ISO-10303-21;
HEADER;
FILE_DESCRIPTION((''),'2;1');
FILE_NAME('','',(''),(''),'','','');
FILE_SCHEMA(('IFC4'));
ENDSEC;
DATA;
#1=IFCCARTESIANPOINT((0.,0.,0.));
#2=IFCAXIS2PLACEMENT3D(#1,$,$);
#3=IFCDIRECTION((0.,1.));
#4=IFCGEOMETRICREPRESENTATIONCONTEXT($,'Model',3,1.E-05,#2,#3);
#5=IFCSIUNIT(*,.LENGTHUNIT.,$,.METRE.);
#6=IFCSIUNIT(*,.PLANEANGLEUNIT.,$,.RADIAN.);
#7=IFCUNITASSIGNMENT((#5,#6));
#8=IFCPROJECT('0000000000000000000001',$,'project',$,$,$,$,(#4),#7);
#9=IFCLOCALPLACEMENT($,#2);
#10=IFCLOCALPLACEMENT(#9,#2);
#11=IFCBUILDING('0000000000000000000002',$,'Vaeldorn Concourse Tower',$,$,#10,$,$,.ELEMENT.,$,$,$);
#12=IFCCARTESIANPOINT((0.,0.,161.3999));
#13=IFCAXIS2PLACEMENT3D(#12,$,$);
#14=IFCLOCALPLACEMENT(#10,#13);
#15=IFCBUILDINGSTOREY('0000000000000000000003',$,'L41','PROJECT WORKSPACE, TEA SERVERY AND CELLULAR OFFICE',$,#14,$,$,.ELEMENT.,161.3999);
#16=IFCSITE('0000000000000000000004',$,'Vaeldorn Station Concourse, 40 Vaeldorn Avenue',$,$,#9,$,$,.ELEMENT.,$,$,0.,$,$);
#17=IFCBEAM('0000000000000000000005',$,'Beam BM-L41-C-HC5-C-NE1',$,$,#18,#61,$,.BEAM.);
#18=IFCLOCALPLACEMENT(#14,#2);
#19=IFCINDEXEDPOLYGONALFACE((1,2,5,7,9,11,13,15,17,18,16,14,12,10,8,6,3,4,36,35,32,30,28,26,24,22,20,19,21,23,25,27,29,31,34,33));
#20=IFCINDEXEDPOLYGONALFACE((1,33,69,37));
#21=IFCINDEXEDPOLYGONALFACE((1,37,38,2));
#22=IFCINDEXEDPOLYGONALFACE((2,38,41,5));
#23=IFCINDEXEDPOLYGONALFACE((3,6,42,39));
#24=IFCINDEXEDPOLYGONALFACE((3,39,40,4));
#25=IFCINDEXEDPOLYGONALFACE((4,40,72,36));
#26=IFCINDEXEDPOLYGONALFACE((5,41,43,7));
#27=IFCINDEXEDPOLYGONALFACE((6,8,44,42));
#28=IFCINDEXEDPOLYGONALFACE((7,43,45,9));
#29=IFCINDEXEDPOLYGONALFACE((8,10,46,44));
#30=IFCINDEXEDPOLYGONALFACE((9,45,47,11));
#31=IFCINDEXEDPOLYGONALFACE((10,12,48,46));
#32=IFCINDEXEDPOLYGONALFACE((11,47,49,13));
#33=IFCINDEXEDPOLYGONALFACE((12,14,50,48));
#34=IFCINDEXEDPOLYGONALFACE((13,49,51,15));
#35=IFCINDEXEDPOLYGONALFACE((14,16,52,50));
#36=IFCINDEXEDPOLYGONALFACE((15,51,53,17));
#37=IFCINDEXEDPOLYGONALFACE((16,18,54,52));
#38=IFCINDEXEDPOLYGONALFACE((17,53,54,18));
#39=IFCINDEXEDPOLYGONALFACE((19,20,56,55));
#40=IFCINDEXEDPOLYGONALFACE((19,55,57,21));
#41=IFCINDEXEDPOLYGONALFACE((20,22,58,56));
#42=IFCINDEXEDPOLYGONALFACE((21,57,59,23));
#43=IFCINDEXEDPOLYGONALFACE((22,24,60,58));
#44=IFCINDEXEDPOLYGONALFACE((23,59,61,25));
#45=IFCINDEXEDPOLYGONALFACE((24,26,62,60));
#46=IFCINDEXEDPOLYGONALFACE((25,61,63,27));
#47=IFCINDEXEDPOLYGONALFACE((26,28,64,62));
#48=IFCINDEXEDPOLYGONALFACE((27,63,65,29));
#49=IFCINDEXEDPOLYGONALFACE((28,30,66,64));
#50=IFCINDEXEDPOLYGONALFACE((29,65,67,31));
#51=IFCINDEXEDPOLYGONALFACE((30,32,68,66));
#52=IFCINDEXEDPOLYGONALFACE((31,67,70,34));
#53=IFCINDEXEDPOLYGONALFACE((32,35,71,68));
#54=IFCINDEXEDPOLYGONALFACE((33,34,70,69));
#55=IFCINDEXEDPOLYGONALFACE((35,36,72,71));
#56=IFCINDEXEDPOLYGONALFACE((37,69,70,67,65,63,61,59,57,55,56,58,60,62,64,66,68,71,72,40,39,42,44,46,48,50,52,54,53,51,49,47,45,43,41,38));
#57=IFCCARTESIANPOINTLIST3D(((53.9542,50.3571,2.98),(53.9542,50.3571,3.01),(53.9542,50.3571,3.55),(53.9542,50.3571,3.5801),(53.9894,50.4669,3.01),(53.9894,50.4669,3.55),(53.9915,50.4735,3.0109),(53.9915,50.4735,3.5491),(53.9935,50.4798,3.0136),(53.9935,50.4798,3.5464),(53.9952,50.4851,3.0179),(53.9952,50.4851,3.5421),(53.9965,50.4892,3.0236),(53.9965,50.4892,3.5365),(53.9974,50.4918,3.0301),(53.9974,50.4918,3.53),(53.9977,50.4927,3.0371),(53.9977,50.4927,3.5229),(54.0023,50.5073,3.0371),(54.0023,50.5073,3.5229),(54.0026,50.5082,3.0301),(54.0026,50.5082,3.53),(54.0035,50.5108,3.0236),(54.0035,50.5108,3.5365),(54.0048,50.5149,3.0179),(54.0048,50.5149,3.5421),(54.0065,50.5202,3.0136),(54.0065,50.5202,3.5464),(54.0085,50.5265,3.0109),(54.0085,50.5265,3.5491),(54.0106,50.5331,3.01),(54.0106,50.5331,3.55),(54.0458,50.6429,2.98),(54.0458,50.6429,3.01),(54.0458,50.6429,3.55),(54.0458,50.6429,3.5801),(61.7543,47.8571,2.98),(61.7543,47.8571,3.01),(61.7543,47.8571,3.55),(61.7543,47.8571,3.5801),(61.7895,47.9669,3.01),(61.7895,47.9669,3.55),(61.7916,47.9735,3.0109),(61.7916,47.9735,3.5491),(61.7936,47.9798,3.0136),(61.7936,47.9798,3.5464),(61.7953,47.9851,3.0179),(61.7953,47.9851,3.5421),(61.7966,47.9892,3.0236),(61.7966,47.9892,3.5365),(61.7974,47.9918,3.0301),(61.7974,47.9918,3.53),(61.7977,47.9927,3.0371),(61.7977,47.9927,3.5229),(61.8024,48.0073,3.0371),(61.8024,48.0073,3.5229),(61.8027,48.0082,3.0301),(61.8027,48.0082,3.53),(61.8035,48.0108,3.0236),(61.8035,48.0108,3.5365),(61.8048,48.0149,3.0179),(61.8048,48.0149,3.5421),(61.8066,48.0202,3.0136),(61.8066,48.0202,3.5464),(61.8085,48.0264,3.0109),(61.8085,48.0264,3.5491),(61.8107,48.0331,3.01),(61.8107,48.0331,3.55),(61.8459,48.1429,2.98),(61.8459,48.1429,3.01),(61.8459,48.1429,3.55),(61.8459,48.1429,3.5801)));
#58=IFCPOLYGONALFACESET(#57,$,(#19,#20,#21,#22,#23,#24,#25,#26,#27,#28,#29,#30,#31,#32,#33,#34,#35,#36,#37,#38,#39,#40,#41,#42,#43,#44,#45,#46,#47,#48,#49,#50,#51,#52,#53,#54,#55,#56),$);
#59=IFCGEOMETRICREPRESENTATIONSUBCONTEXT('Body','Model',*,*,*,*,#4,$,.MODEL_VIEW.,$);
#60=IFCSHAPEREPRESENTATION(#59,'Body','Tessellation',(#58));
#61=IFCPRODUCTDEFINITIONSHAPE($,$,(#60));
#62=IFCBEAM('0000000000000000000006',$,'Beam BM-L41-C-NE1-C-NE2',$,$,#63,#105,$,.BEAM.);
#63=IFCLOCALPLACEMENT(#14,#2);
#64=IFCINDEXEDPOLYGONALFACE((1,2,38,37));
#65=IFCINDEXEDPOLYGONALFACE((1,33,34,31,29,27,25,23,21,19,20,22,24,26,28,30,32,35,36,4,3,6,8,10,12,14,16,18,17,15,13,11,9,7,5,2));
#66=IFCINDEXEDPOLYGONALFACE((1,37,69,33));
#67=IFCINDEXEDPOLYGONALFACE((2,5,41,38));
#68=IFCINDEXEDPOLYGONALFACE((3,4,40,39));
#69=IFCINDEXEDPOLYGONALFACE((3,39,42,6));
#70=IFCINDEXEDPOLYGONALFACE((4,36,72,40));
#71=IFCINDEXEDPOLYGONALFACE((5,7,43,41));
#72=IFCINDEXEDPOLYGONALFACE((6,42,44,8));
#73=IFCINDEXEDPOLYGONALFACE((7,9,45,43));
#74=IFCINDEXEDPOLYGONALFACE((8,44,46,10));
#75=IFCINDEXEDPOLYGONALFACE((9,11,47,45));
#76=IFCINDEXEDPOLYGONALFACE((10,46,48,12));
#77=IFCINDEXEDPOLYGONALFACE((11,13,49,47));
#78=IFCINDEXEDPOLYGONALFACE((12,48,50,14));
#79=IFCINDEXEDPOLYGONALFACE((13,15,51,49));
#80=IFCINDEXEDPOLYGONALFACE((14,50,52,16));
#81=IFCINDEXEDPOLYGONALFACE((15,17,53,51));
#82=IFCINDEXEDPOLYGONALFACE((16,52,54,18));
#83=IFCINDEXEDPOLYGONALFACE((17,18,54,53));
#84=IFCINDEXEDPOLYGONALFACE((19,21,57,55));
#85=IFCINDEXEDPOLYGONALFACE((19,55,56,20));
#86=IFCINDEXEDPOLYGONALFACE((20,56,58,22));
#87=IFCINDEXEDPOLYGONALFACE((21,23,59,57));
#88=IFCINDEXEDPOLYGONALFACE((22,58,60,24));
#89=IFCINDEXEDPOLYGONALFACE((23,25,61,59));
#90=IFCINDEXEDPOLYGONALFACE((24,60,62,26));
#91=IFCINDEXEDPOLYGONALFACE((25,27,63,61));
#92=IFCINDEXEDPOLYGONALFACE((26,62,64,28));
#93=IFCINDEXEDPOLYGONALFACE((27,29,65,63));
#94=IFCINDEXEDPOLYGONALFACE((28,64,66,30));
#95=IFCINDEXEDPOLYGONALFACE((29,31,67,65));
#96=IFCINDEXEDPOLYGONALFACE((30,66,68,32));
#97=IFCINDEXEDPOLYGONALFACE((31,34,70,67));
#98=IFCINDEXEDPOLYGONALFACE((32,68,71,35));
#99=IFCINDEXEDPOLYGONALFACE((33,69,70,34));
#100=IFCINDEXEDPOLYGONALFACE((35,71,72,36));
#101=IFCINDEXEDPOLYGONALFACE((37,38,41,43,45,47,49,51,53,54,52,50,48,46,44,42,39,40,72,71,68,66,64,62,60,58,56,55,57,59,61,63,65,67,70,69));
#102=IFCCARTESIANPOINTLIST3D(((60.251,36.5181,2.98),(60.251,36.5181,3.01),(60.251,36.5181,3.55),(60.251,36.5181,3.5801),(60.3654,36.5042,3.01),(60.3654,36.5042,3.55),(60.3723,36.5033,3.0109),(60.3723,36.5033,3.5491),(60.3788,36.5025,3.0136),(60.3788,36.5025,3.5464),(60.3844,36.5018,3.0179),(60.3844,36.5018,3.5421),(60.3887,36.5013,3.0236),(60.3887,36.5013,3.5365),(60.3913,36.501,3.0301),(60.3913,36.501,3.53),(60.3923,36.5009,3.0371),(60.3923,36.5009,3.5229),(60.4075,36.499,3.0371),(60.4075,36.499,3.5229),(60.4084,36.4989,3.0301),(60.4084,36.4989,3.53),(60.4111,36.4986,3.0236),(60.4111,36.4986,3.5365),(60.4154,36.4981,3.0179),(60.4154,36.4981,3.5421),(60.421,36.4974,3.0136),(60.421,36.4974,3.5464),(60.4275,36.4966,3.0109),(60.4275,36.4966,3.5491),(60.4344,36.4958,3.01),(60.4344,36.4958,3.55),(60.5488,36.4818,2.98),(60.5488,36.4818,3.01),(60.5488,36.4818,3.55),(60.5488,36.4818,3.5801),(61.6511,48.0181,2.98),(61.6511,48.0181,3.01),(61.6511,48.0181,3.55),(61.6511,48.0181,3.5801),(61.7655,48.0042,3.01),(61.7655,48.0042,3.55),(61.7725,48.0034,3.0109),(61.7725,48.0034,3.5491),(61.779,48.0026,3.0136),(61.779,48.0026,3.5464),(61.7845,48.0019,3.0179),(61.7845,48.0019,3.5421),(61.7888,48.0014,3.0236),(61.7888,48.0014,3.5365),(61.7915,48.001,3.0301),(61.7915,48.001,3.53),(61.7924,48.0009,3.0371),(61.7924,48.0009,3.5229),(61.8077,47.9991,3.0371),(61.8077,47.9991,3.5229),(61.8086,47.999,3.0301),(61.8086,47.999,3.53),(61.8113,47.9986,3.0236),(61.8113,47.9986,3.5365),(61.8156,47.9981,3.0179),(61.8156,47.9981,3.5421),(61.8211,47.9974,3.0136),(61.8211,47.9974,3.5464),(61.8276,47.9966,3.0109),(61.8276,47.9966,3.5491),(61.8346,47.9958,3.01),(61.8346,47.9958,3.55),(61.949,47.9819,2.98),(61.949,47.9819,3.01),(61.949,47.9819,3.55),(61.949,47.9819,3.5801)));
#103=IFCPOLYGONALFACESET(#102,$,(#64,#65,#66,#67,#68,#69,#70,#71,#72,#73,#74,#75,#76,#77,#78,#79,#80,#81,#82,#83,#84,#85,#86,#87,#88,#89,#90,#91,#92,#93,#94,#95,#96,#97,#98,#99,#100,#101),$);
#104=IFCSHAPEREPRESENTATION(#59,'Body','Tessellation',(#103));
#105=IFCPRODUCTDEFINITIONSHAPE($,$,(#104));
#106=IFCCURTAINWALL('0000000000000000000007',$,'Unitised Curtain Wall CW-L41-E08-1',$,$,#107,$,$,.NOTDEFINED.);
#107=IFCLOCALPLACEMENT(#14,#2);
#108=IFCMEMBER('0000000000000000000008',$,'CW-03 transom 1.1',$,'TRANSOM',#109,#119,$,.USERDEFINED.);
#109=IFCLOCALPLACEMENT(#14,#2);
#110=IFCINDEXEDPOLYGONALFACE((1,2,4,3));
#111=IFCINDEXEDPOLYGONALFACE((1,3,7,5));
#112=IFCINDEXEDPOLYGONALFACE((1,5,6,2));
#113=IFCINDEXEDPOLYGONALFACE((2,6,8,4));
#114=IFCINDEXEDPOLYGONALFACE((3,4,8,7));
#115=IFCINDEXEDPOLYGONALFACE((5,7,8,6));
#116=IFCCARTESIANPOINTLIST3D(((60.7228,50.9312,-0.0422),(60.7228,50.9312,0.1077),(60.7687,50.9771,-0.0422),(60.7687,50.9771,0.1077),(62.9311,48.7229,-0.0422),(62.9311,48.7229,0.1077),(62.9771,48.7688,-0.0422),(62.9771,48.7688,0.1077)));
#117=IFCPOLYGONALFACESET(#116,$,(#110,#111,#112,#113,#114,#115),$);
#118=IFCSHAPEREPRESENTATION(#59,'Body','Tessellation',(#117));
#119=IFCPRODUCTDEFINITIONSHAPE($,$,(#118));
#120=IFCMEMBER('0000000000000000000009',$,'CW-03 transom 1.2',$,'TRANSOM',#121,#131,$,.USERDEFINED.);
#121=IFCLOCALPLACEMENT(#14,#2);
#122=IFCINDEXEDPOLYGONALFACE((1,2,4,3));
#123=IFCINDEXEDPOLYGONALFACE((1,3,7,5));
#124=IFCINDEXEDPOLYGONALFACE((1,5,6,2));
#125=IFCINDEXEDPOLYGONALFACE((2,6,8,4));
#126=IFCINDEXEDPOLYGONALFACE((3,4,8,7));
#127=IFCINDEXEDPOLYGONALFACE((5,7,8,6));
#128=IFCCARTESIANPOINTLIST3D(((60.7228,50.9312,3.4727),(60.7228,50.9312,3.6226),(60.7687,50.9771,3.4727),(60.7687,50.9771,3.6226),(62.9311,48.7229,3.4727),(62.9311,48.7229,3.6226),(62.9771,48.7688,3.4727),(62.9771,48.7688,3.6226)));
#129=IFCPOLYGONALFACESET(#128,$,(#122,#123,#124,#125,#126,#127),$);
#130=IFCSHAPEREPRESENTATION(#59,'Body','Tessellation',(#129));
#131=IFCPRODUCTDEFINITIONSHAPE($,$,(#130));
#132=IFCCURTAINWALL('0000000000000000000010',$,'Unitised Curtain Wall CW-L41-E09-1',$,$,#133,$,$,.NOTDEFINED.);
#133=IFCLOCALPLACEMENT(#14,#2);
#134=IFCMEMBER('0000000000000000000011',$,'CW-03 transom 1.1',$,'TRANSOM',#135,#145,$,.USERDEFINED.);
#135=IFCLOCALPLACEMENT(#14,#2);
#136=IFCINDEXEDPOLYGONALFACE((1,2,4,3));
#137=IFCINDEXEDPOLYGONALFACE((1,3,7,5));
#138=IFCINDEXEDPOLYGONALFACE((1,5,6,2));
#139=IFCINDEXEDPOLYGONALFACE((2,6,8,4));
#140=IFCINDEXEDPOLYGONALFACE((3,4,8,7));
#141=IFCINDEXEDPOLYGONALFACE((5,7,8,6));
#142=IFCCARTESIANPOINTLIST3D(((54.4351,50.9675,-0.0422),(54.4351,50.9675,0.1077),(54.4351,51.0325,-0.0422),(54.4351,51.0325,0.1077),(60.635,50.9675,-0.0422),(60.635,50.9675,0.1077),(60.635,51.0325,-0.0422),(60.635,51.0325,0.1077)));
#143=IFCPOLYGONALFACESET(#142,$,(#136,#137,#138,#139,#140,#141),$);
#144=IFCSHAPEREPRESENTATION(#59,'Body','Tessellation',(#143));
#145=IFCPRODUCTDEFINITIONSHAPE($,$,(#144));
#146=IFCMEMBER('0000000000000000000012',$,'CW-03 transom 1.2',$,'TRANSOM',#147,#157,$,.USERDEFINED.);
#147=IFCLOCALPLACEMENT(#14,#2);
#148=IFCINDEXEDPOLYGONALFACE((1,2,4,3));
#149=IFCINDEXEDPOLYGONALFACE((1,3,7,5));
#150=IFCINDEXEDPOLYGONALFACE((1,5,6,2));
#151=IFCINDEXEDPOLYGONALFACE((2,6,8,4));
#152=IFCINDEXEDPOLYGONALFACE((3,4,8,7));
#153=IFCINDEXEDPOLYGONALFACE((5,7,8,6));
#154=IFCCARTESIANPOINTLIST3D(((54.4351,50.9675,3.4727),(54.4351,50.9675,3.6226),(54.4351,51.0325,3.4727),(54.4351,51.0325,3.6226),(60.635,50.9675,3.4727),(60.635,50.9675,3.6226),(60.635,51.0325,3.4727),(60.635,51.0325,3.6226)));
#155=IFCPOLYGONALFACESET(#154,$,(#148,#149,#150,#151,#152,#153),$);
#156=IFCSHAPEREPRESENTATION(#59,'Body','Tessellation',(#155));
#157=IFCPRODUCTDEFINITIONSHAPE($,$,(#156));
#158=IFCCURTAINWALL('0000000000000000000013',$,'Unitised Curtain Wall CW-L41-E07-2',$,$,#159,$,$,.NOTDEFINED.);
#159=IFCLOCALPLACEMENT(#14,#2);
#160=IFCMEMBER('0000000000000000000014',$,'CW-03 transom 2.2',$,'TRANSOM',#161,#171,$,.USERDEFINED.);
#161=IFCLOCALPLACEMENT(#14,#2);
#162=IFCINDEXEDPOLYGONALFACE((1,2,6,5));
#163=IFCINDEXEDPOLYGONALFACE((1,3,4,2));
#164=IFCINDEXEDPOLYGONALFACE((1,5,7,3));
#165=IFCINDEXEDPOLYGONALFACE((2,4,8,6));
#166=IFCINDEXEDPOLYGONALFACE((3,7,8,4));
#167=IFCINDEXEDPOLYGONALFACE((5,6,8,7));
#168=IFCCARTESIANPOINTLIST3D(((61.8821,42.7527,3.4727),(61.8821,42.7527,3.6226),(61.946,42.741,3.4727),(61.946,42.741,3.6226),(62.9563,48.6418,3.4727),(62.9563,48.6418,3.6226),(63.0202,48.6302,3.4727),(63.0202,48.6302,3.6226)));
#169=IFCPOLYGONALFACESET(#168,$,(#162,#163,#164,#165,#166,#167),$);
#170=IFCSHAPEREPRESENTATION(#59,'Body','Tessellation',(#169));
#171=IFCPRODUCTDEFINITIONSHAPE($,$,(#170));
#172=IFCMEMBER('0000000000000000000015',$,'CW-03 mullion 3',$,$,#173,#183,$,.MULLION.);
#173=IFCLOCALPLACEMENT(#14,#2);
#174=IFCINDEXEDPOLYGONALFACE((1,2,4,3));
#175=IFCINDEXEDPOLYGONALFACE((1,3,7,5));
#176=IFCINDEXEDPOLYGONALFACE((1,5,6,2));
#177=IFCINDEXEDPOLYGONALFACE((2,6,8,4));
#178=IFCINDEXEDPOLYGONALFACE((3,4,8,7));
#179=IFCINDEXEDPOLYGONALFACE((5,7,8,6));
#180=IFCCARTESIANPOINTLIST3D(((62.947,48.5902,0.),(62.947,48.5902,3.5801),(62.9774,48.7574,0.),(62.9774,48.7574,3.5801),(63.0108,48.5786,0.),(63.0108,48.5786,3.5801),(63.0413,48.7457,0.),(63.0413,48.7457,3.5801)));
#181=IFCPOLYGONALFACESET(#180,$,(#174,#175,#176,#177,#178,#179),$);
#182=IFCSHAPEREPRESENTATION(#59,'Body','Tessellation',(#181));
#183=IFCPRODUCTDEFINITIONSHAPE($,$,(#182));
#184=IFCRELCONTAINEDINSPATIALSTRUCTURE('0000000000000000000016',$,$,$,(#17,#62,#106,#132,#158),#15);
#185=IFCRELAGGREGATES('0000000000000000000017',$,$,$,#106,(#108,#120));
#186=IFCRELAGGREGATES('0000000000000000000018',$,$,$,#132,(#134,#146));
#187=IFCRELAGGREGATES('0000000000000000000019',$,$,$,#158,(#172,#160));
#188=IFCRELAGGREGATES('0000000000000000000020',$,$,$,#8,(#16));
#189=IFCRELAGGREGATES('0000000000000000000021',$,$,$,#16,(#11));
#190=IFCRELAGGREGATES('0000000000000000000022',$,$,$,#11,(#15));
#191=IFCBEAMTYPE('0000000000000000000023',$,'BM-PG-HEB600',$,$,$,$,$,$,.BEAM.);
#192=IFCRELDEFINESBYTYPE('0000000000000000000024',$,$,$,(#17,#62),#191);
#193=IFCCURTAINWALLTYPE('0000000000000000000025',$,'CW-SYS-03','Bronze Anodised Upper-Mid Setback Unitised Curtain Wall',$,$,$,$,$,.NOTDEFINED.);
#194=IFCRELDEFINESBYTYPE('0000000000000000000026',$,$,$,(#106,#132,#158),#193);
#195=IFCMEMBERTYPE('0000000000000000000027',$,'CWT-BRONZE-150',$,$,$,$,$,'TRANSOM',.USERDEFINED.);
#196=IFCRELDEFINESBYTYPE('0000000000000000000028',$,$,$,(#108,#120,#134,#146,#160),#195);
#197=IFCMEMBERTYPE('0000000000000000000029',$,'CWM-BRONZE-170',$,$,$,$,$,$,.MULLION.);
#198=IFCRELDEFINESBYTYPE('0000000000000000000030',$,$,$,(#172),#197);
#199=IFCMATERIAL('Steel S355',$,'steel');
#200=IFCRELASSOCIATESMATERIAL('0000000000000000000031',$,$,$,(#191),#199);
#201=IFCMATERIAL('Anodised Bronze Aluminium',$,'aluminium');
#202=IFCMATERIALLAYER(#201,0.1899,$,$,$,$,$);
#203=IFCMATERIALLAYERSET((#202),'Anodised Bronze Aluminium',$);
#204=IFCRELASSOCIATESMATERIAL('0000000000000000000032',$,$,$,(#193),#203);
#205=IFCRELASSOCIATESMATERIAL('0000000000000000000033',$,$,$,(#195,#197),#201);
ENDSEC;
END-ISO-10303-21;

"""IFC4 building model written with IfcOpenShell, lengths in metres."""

from ifc_helpers import new_model, si_unit, direction, frame, origin, origin_2d, place, context, subcontext, project, spatial, rectangle, i_section, extrude, source, transform, mapped, material, layer, layer_set, material_profile, profile_set, type_object, element, aggregate, save


model = new_model("IFC4")

# Units and contexts
model_context = context("Model", 3, precision=1e-05, world=origin(), true_north=direction((0.0, 1.0)))
body_context = subcontext(model_context, "Body", "Model", "MODEL_VIEW")
ifc_project = project(units=[si_unit("LENGTHUNIT", "METRE"), si_unit("PLANEANGLEUNIT", "RADIAN")], contexts=[model_context])

# Site, building, storey
site_placement = place(None, origin())
site = spatial("IfcSite", under=ifc_project, at=site_placement, Name="Vaeldorn Station Concourse, 40 Vaeldorn Avenue", CompositionType="ELEMENT", RefElevation=0.0)
building_placement = place(site_placement, origin())
building = spatial("IfcBuilding", under=site, at=building_placement, Name="Vaeldorn Concourse Tower", CompositionType="ELEMENT")
storey_placement = place(building_placement, frame((0.0, 0.0, 161.3999)))
storey = spatial("IfcBuildingStorey", under=building, at=storey_placement, Name="L41", Description="PROJECT WORKSPACE, TEA SERVERY AND CELLULAR OFFICE", CompositionType="ELEMENT", Elevation=161.3999)

# Beams
ifc_material_1 = material(Name="Steel S355", Category="steel")
ifc_material_profile_1 = material_profile(ifc_material_1, i_section(OverallWidth=0.3, OverallDepth=0.6001, WebThickness=0.0154, FlangeThickness=0.03, FilletRadius=0.0271, at=origin_2d()), Name="HEB 600")
ifc_profile_set_1 = profile_set([ifc_material_profile_1], Name="Steel S355")
beam_type_1 = type_object("IfcBeamType", Name="BM-PG-HEB600", PredefinedType="BEAM", material=ifc_profile_set_1)
shared_shape_1 = source(origin(), body_context, "Body", "SweptSolid", [
    extrude(i_section(OverallWidth=0.3, OverallDepth=0.6001, WebThickness=0.0154, FlangeThickness=0.03, FilletRadius=0.0271, at=origin_2d()), origin(), (0.0, 0.0, 1.0), 8.1909),
])
beam_1_placement = place(storey_placement, frame((54.0, 50.5, 3.28), z_axis=(0.952283, -0.305217, 0.0), x_axis=(0.305217, 0.952283, 0.0)))
element("IfcBeam", 1, at=beam_1_placement, inside=storey, type_object=beam_type_1, Name="Beam BM-L41-C-HC5-C-NE1", PredefinedType="BEAM", context=body_context, shape_type="MappedRepresentation", body=[
    mapped(shared_shape_1, transform((0.0, 0.0, 0.0), scale=1.0)),
])
shared_shape_2 = source(origin(), body_context, "Body", "SweptSolid", [
    extrude(i_section(OverallWidth=0.3, OverallDepth=0.6001, WebThickness=0.0154, FlangeThickness=0.03, FilletRadius=0.0271, at=origin_2d()), origin(), (0.0, 0.0, 1.0), 11.585),
])
beam_2_placement = place(storey_placement, frame((61.8, 48.0, 3.28), z_axis=(-0.120859, -0.99267, 0.0), x_axis=(0.99267, -0.120859, 0.0)))
element("IfcBeam", 2, at=beam_2_placement, inside=storey, type_object=beam_type_1, Name="Beam BM-L41-C-NE1-C-NE2", PredefinedType="BEAM", context=body_context, shape_type="MappedRepresentation", body=[
    mapped(shared_shape_2, transform((0.0, 0.0, 0.0), scale=1.0)),
])

# Curtain walls, members
ifc_material_2 = material(Name="Anodised Bronze Aluminium", Category="aluminium")
ifc_layer_1 = layer(ifc_material_2, 0.1899)
ifc_layer_set_1 = layer_set([ifc_layer_1], Name="Anodised Bronze Aluminium")
curtain_wall_type = type_object("IfcCurtainWallType", Name="CW-SYS-03", Description="Bronze Anodised Upper-Mid Setback Unitised Curtain Wall", PredefinedType="NOTDEFINED", material=ifc_layer_set_1)
curtain_wall_1_placement = place(storey_placement, origin())
curtain_wall_1 = element("IfcCurtainWall", 3, at=curtain_wall_1_placement, inside=storey, type_object=curtain_wall_type, Name="Unitised Curtain Wall CW-L41-E08-1", PredefinedType="NOTDEFINED")
ifc_material_profile_2 = material_profile(ifc_material_2, rectangle(XDim=0.0649, YDim=0.1499, at=origin_2d()), Name="CWT 65x150")
ifc_profile_set_2 = profile_set([ifc_material_profile_2], Name="Anodised Bronze Aluminium")
member_type_1 = type_object("IfcMemberType", Name="CWT-BRONZE-150", ElementType="TRANSOM", PredefinedType="USERDEFINED", material=ifc_profile_set_2)
shared_shape_3 = source(origin(), body_context, "Body", "SweptSolid", [
    extrude(rectangle(XDim=0.0649, YDim=0.1499, at=origin_2d()), origin(), (0.0, 0.0, 1.0), 3.123),
])
member_1_placement = place(storey_placement, frame((62.9541, 48.7458, 0.0327), z_axis=(-0.707107, 0.707107, 0.0), x_axis=(-0.707107, -0.707107, 0.0)))
member_1 = element("IfcMember", 4, at=member_1_placement, type_object=member_type_1, Name="CW-03 transom 1.1", ObjectType="TRANSOM", PredefinedType="USERDEFINED", context=body_context, shape_type="MappedRepresentation", body=[
    mapped(shared_shape_3, transform((0.0, 0.0, 0.0), scale=1.0)),
])
member_2_placement = place(storey_placement, frame((62.9541, 48.7458, 3.5476), z_axis=(-0.707107, 0.707107, 0.0), x_axis=(-0.707107, -0.707107, 0.0)))
member_2 = element("IfcMember", 5, at=member_2_placement, type_object=member_type_1, Name="CW-03 transom 1.2", ObjectType="TRANSOM", PredefinedType="USERDEFINED", context=body_context, shape_type="MappedRepresentation", body=[
    mapped(shared_shape_3, transform((0.0, 0.0, 0.0), scale=1.0)),
])
curtain_wall_2_placement = place(storey_placement, origin())
curtain_wall_2 = element("IfcCurtainWall", 6, at=curtain_wall_2_placement, inside=storey, type_object=curtain_wall_type, Name="Unitised Curtain Wall CW-L41-E09-1", PredefinedType="NOTDEFINED")
shared_shape_4 = source(origin(), body_context, "Body", "SweptSolid", [
    extrude(rectangle(XDim=0.0649, YDim=0.1499, at=origin_2d()), origin(), (0.0, 0.0, 1.0), 6.2),
])
member_3_placement = place(storey_placement, frame((60.635, 51.0, 0.0327), z_axis=(-1.0, 0.0, 0.0), x_axis=(0.0, -1.0, 0.0)))
member_3 = element("IfcMember", 7, at=member_3_placement, type_object=member_type_1, Name="CW-03 transom 1.1", ObjectType="TRANSOM", PredefinedType="USERDEFINED", context=body_context, shape_type="MappedRepresentation", body=[
    mapped(shared_shape_4, transform((0.0, 0.0, 0.0), scale=1.0)),
])
member_4_placement = place(storey_placement, frame((60.635, 51.0, 3.5476), z_axis=(-1.0, 0.0, 0.0), x_axis=(0.0, -1.0, 0.0)))
member_4 = element("IfcMember", 8, at=member_4_placement, type_object=member_type_1, Name="CW-03 transom 1.2", ObjectType="TRANSOM", PredefinedType="USERDEFINED", context=body_context, shape_type="MappedRepresentation", body=[
    mapped(shared_shape_4, transform((0.0, 0.0, 0.0), scale=1.0)),
])
curtain_wall_3_placement = place(storey_placement, origin())
curtain_wall_3 = element("IfcCurtainWall", 9, at=curtain_wall_3_placement, inside=storey, type_object=curtain_wall_type, Name="Unitised Curtain Wall CW-L41-E07-2", PredefinedType="NOTDEFINED")
shared_shape_5 = source(origin(), body_context, "Body", "SweptSolid", [
    extrude(rectangle(XDim=0.0649, YDim=0.1499, at=origin_2d()), origin(), (0.0, 0.0, 1.0), 5.9863),
])
member_5_placement = place(storey_placement, frame((61.9141, 42.7468, 3.5476), z_axis=(0.179445, 0.983768, 0.0), x_axis=(-0.983768, 0.179445, 0.0)))
member_5 = element("IfcMember", 10, at=member_5_placement, type_object=member_type_1, Name="CW-03 transom 2.2", ObjectType="TRANSOM", PredefinedType="USERDEFINED", context=body_context, shape_type="MappedRepresentation", body=[
    mapped(shared_shape_5, transform((0.0, 0.0, 0.0), scale=1.0)),
])
ifc_material_profile_3 = material_profile(ifc_material_2, rectangle(XDim=0.0649, YDim=0.1699, at=origin_2d()), Name="CWM 65x170")
ifc_profile_set_3 = profile_set([ifc_material_profile_3], Name="Anodised Bronze Aluminium")
member_type_2 = type_object("IfcMemberType", Name="CWM-BRONZE-170", PredefinedType="MULLION", material=ifc_profile_set_3)
shared_shape_6 = source(origin(), body_context, "Body", "SweptSolid", [
    extrude(rectangle(XDim=0.0649, YDim=0.1699, at=origin_2d()), origin(), (0.0, 0.0, 1.0), 3.5801),
])
member_6_placement = place(storey_placement, frame((62.9941, 48.668, 0.0), z_axis=(0.0, 0.0, 1.0), x_axis=(-0.983768, 0.179447, 0.0)))
member_6 = element("IfcMember", 11, at=member_6_placement, type_object=member_type_2, Name="CW-03 mullion 3", PredefinedType="MULLION", context=body_context, shape_type="MappedRepresentation", body=[
    mapped(shared_shape_6, transform((0.0, 0.0, 0.0), scale=1.0)),
])

aggregate(curtain_wall_1, [member_1, member_2])
aggregate(curtain_wall_2, [member_3, member_4])
aggregate(curtain_wall_3, [member_6, member_5])

save(model, "model.ifc")
